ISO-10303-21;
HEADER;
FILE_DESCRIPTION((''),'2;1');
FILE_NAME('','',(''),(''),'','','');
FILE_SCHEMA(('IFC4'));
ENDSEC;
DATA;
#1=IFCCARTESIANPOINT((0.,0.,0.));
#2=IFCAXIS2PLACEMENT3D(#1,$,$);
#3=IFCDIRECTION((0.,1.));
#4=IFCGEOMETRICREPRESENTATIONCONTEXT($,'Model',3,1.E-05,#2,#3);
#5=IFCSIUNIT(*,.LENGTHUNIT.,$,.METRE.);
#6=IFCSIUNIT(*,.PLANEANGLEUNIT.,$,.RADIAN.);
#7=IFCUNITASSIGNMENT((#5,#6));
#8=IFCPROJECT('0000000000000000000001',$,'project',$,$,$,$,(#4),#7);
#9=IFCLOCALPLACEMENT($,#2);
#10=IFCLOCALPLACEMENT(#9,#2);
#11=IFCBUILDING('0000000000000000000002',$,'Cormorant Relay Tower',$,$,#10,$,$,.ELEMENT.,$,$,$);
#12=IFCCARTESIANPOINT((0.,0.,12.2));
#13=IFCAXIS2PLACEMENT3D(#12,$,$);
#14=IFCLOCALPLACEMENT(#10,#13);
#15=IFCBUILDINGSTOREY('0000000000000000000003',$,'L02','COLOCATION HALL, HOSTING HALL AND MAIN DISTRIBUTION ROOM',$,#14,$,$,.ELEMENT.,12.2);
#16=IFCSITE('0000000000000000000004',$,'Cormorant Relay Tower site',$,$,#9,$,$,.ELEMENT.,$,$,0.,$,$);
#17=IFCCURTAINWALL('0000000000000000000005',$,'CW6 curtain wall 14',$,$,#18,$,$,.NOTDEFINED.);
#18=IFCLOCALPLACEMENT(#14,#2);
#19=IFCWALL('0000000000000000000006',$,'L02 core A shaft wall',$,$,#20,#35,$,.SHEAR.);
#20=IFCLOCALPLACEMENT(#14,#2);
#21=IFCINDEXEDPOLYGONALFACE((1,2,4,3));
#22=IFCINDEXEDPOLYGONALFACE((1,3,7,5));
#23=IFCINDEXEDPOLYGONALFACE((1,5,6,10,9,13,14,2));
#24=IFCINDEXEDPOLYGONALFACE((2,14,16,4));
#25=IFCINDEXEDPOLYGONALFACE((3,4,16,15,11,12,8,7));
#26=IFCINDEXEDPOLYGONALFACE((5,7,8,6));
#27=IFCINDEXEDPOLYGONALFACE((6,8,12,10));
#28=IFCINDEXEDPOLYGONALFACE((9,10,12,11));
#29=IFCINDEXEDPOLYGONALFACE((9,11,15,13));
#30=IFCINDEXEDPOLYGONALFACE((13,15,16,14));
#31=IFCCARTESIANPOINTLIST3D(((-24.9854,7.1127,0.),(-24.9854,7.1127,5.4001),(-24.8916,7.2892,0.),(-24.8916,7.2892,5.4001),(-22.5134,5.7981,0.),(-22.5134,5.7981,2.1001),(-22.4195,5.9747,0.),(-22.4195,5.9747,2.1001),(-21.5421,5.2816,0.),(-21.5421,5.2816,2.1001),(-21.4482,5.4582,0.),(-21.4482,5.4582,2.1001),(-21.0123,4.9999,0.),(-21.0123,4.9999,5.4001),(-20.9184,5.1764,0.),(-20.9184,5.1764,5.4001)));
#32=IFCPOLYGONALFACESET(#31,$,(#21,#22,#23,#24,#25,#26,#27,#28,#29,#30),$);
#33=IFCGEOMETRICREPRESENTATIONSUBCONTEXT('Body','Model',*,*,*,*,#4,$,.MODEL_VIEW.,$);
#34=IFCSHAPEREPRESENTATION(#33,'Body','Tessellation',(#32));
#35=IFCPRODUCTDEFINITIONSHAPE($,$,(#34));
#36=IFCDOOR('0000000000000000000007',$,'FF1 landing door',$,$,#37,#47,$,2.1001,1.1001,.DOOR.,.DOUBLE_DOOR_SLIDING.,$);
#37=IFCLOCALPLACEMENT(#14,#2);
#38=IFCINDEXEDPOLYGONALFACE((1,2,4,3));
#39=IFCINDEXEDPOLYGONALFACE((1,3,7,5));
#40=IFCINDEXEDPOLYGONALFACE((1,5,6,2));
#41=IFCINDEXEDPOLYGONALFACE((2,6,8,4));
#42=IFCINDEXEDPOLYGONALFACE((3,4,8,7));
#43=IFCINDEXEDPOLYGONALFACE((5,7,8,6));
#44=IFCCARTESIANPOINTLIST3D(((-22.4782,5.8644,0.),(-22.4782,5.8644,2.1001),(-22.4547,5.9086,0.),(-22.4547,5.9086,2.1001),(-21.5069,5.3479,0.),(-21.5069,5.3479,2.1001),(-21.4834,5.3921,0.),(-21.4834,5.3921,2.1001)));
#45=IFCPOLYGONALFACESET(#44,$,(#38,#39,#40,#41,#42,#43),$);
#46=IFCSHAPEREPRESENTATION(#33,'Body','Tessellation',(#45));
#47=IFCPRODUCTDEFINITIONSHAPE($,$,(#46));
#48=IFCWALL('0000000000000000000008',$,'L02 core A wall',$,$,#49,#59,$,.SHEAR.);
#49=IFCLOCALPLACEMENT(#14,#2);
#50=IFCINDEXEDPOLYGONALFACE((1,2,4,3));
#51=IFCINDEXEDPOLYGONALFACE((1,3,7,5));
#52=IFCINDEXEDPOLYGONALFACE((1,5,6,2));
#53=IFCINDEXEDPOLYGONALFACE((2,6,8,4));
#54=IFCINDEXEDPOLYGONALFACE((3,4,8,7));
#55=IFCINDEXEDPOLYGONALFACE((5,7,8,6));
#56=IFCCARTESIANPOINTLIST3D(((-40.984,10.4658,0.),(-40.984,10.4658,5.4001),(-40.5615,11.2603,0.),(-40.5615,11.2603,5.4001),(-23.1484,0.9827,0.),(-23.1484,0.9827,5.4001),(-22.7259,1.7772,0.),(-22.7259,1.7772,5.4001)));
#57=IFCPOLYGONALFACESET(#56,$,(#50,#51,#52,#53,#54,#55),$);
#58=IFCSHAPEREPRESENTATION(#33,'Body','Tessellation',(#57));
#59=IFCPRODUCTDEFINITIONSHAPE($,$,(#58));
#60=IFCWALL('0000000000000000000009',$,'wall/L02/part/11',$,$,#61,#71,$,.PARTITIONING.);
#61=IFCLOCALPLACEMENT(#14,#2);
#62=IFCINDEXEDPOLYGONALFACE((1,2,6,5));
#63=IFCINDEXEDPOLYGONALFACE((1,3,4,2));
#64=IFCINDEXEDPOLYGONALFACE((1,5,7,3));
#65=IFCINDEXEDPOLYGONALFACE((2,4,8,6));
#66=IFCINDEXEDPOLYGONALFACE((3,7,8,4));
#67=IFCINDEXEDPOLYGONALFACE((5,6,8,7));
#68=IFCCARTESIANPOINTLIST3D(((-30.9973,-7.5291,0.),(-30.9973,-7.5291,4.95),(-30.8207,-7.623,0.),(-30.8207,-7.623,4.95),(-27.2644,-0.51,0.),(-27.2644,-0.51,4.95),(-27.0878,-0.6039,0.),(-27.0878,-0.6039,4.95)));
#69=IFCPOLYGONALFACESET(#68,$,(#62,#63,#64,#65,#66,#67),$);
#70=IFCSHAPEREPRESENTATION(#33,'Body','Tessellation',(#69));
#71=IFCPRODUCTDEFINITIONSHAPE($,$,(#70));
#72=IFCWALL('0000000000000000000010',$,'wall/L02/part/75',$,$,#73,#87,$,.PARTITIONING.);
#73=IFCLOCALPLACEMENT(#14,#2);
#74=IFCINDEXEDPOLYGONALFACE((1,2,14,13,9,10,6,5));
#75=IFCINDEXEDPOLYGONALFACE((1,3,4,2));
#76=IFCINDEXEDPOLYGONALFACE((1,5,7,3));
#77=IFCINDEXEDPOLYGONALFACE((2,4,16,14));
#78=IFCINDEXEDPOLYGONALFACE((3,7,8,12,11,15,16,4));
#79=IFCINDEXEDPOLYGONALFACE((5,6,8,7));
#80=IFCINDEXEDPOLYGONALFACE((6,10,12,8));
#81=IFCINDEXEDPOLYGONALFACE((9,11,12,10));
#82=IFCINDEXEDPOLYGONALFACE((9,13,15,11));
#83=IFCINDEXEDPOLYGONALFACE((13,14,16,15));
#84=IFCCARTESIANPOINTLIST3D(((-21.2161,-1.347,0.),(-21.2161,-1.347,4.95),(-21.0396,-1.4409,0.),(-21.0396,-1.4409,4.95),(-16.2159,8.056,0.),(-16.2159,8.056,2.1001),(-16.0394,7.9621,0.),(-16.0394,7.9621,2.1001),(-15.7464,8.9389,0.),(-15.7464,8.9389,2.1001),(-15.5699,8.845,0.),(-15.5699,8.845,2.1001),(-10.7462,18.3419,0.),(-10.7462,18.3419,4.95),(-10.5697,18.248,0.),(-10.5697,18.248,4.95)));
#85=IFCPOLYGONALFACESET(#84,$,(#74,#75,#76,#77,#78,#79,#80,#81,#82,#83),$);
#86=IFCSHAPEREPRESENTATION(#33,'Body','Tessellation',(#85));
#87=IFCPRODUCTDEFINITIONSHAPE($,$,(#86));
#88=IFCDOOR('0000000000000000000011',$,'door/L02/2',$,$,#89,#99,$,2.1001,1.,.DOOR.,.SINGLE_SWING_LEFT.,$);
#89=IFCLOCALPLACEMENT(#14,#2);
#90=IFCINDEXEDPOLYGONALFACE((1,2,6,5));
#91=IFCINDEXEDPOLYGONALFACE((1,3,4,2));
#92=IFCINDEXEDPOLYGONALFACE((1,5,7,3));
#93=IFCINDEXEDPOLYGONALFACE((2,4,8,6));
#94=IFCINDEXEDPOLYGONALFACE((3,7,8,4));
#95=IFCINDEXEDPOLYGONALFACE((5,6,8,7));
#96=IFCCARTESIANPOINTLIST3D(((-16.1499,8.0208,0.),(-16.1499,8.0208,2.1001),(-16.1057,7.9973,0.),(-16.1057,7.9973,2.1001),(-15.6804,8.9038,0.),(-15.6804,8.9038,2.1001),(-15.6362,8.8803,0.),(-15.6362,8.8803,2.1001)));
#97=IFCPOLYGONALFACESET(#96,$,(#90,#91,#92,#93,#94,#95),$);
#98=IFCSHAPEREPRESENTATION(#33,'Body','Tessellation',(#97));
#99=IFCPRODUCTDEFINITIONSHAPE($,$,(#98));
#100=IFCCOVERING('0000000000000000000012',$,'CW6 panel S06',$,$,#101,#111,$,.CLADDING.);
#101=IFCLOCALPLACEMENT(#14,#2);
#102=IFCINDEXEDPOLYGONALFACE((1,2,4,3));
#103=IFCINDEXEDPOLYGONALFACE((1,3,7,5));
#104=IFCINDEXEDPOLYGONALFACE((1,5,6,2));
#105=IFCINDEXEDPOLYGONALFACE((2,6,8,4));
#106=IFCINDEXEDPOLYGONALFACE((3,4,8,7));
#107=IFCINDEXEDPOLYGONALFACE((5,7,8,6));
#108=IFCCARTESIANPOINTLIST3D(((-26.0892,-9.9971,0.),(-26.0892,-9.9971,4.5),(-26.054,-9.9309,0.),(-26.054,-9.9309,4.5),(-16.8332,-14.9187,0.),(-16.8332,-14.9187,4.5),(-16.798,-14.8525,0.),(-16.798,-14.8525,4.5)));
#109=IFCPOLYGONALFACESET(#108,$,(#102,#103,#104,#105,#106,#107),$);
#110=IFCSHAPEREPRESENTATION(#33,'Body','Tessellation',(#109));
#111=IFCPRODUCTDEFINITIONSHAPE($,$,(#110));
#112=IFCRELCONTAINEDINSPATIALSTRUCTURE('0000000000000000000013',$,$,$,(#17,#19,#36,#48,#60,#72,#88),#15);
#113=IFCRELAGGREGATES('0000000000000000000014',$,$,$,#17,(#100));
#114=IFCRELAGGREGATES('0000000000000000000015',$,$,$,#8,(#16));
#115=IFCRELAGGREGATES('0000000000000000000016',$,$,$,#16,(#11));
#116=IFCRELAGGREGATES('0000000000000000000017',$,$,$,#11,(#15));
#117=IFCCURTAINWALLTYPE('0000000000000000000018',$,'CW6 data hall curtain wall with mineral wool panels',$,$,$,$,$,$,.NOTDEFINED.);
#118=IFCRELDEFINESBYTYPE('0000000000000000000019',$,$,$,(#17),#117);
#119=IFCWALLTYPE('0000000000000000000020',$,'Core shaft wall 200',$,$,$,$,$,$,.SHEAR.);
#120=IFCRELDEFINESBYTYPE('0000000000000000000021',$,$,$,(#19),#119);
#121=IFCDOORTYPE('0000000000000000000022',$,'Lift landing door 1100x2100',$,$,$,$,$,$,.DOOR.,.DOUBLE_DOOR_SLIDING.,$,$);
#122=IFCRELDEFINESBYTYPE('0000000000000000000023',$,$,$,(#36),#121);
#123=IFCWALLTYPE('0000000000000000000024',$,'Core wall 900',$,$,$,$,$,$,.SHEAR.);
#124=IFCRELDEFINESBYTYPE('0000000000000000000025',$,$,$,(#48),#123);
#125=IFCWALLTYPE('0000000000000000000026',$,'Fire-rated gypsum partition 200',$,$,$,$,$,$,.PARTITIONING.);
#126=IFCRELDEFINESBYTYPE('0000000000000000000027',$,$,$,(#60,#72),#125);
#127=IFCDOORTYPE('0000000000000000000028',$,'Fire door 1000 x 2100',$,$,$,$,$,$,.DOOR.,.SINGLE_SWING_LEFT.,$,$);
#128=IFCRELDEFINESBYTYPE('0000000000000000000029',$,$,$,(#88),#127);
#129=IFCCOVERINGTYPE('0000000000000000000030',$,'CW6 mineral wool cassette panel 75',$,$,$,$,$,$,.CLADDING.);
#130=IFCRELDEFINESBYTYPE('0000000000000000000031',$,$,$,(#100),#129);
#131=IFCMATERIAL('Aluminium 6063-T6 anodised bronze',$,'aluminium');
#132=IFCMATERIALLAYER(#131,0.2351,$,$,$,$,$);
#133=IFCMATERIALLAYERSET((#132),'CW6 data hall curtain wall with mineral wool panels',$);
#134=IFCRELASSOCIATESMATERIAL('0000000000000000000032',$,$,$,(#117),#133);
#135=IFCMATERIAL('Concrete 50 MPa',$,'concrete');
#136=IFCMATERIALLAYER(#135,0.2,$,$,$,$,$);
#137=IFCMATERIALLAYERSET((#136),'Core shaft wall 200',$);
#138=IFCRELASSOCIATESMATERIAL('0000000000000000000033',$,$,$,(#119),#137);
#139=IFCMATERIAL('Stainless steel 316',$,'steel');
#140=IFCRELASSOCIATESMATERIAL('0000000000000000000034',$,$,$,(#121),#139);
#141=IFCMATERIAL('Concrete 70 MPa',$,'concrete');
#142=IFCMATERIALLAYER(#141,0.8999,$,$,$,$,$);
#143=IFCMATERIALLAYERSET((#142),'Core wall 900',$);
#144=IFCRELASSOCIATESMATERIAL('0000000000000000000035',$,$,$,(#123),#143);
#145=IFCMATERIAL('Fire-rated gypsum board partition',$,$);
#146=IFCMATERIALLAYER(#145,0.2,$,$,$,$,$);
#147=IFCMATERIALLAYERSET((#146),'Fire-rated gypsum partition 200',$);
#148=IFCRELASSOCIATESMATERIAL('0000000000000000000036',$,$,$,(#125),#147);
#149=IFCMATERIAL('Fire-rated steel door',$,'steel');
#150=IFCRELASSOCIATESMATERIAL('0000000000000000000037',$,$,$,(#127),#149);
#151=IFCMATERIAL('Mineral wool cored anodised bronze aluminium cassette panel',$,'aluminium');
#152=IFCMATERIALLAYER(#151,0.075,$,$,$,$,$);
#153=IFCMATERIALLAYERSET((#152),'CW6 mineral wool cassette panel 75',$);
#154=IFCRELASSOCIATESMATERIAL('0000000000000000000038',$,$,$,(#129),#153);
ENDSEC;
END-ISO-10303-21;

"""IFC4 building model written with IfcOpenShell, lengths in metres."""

from ifc_helpers import new_model, si_unit, direction, frame, frame_2d, origin, origin_2d, place, context, subcontext, project, spatial, rectangle, extrude, material, layer, layer_set, type_object, element, fill, aggregate, save


model = new_model("IFC4")

# Units and contexts
model_context = context("Model", 3, precision=1e-05, world=origin(), true_north=direction((0.0, 1.0)))
body_context = subcontext(model_context, "Body", "Model", "MODEL_VIEW")
ifc_project = project(units=[si_unit("LENGTHUNIT", "METRE"), si_unit("PLANEANGLEUNIT", "RADIAN")], contexts=[model_context])

# Site, building, storey
site_placement = place(None, origin())
site = spatial("IfcSite", under=ifc_project, at=site_placement, Name="Cormorant Relay Tower site", CompositionType="ELEMENT", RefElevation=0.0)
building_placement = place(site_placement, origin())
building = spatial("IfcBuilding", under=site, at=building_placement, Name="Cormorant Relay Tower", CompositionType="ELEMENT")
storey_placement = place(building_placement, frame((0.0, 0.0, 12.2)))
storey = spatial("IfcBuildingStorey", under=building, at=storey_placement, Name="L02", Description="COLOCATION HALL, HOSTING HALL AND MAIN DISTRIBUTION ROOM", CompositionType="ELEMENT", Elevation=12.2)

# Curtain wall
ifc_material_1 = material(Name="Aluminium 6063-T6 anodised bronze", Category="aluminium")
ifc_layer_1 = layer(ifc_material_1, 0.2351)
ifc_layer_set_1 = layer_set([ifc_layer_1], Name="CW6 data hall curtain wall with mineral wool panels")
curtain_wall_type = type_object("IfcCurtainWallType", Name="CW6 data hall curtain wall with mineral wool panels", PredefinedType="NOTDEFINED", material=ifc_layer_set_1)
curtain_wall_placement = place(storey_placement, origin())
curtain_wall = element("IfcCurtainWall", 1, at=curtain_wall_placement, inside=storey, type_object=curtain_wall_type, Name="CW6 curtain wall 14", PredefinedType="NOTDEFINED")

# Shared definitions
ifc_material_2 = material(Name="Concrete 50 MPa", Category="concrete")
ifc_layer_2 = layer(ifc_material_2, 0.2)
ifc_layer_set_2 = layer_set([ifc_layer_2], Name="Core shaft wall 200")
wall_type_1 = type_object("IfcWallType", Name="Core shaft wall 200", PredefinedType="SHEAR", material=ifc_layer_set_2)

# Wall, opening, door
wall_1_placement = place(storey_placement, frame((-20.9653, 5.0881, 0.0), z_axis=(0.0, 0.0, 1.0), x_axis=(-0.882926, 0.469512, 0.0)))
wall_1 = element("IfcWall", 2, at=wall_1_placement, inside=storey, type_object=wall_type_1, Name="L02 core A shaft wall", PredefinedType="SHEAR", context=body_context, shape_type="SweptSolid", body=[
    extrude(rectangle(XDim=4.5, YDim=0.2, at=frame_2d((2.25, 0.0))), origin(), (0.0, 0.0, 1.0), 5.4001),
])
opening_1_placement = place(wall_1_placement, frame((0.6001, 0.0, 0.0)))
opening_1 = element("IfcOpeningElement", 3, at=opening_1_placement, cuts=wall_1, PredefinedType="OPENING", context=body_context, shape_type="SweptSolid", body=[
    extrude(rectangle(XDim=1.1001, YDim=2.1001, at=frame_2d((0.55, 1.05))), frame((0.0, 0.1099, 0.0), z_axis=(0.0, -1.0, 0.0), x_axis=(1.0, 0.0, 0.0)), (0.0, 0.0, 1.0), 0.22),
])
ifc_material_3 = material(Name="Stainless steel 316", Category="steel")
door_type_1 = type_object("IfcDoorType", Name="Lift landing door 1100x2100", OperationType="DOUBLE_DOOR_SLIDING", PredefinedType="DOOR", material=ifc_material_3)
door_1_placement = place(opening_1_placement, origin())
door_1 = element("IfcDoor", 4, at=door_1_placement, inside=storey, type_object=door_type_1, Name="FF1 landing door", OperationType="DOUBLE_DOOR_SLIDING", OverallHeight=2.1001, OverallWidth=1.1001, PredefinedType="DOOR", context=body_context, shape_type="SweptSolid", body=[
    extrude(rectangle(XDim=1.1001, YDim=2.1001, at=frame_2d((0.55, 1.05))), frame((0.0, 0.0249, 0.0), z_axis=(0.0, -1.0, 0.0), x_axis=(1.0, 0.0, 0.0)), (0.0, 0.0, 1.0), 0.05),
])
fill(opening_1, door_1)

# Walls
ifc_material_4 = material(Name="Concrete 70 MPa", Category="concrete")
ifc_layer_3 = layer(ifc_material_4, 0.8999)
ifc_layer_set_3 = layer_set([ifc_layer_3], Name="Core wall 900")
wall_type_2 = type_object("IfcWallType", Name="Core wall 900", PredefinedType="SHEAR", material=ifc_layer_set_3)
wall_2_placement = place(storey_placement, frame((-22.937, 1.3799, 0.0), z_axis=(0.0, 0.0, 1.0), x_axis=(-0.882953, 0.469462, 0.0)))
element("IfcWall", 5, at=wall_2_placement, inside=storey, type_object=wall_type_2, Name="L02 core A wall", PredefinedType="SHEAR", context=body_context, shape_type="SweptSolid", body=[
    extrude(rectangle(XDim=20.2, YDim=0.8999, at=frame_2d((10.1001, 0.0))), origin(), (0.0, 0.0, 1.0), 5.4001),
])
ifc_material_5 = material(Name="Fire-rated gypsum board partition")
ifc_layer_4 = layer(ifc_material_5, 0.2)
ifc_layer_set_4 = layer_set([ifc_layer_4], Name="Fire-rated gypsum partition 200")
wall_type_3 = type_object("IfcWallType", Name="Fire-rated gypsum partition 200", PredefinedType="PARTITIONING", material=ifc_layer_set_4)
wall_3_placement = place(storey_placement, frame((-27.176, -0.5569, 0.0), z_axis=(0.0, 0.0, 1.0), x_axis=(-0.469552, -0.882905, 0.0)))
element("IfcWall", 6, at=wall_3_placement, inside=storey, type_object=wall_type_3, Name="wall/L02/part/11", PredefinedType="PARTITIONING", context=body_context, shape_type="SweptSolid", body=[
    extrude(rectangle(XDim=7.95, YDim=0.2, at=frame_2d((3.9751, 0.0))), origin(), (0.0, 0.0, 1.0), 4.95),
])

# Wall, opening, door
wall_4_placement = place(storey_placement, frame((-21.1279, -1.394, 0.0), z_axis=(0.0, 0.0, 1.0), x_axis=(0.469512, 0.882926, 0.0)))
wall_4 = element("IfcWall", 7, at=wall_4_placement, inside=storey, type_object=wall_type_3, Name="wall/L02/part/75", PredefinedType="PARTITIONING", context=body_context, shape_type="SweptSolid", body=[
    extrude(rectangle(XDim=22.2996, YDim=0.2, at=frame_2d((11.1499, 0.0))), origin(), (0.0, 0.0, 1.0), 4.95),
])
opening_2_placement = place(wall_4_placement, frame((10.6499, 0.0, 0.0)))
opening_2 = element("IfcOpeningElement", 8, at=opening_2_placement, cuts=wall_4, PredefinedType="OPENING", context=body_context, shape_type="SweptSolid", body=[
    extrude(rectangle(XDim=1.0, YDim=2.1001, at=frame_2d((0.5, 1.05))), frame((0.0, 0.1099, 0.0), z_axis=(0.0, -1.0, 0.0), x_axis=(1.0, 0.0, 0.0)), (0.0, 0.0, 1.0), 0.22),
])
ifc_material_6 = material(Name="Fire-rated steel door", Category="steel")
door_type_2 = type_object("IfcDoorType", Name="Fire door 1000 x 2100", OperationType="SINGLE_SWING_LEFT", PredefinedType="DOOR", material=ifc_material_6)
door_2_placement = place(opening_2_placement, frame((1.0, 0.0, 0.0), z_axis=(0.0, 0.0, 1.0), x_axis=(-1.0, 0.0, 0.0)))
door_2 = element("IfcDoor", 9, at=door_2_placement, inside=storey, type_object=door_type_2, Name="door/L02/2", OperationType="SINGLE_SWING_LEFT", OverallHeight=2.1001, OverallWidth=1.0, PredefinedType="DOOR", context=body_context, shape_type="SweptSolid", body=[
    extrude(rectangle(XDim=1.0, YDim=2.1001, at=frame_2d((0.5, 1.05))), frame((0.0, 0.0249, 0.0), z_axis=(0.0, -1.0, 0.0), x_axis=(1.0, 0.0, 0.0)), (0.0, 0.0, 1.0), 0.05),
])
fill(opening_2, door_2)

# Covering
ifc_material_7 = material(Name="Mineral wool cored anodised bronze aluminium cassette panel", Category="aluminium")
ifc_layer_5 = layer(ifc_material_7, 0.075)
ifc_layer_set_5 = layer_set([ifc_layer_5], Name="CW6 mineral wool cassette panel 75")
covering_type = type_object("IfcCoveringType", Name="CW6 mineral wool cassette panel 75", PredefinedType="CLADDING", material=ifc_layer_set_5)
covering_placement = place(storey_placement, frame((-21.4436, -12.4248, 0.0), z_axis=(0.0, 0.0, 1.0), x_axis=(0.882948, -0.469472, 0.0)))
covering = element("IfcCovering", 10, at=covering_placement, type_object=covering_type, Name="CW6 panel S06", PredefinedType="CLADDING", context=body_context, shape_type="SweptSolid", body=[
    extrude(rectangle(XDim=10.4832, YDim=0.075, at=origin_2d()), origin(), (0.0, 0.0, 1.0), 4.5),
])
aggregate(curtain_wall, [covering])

save(model, "model.ifc")
